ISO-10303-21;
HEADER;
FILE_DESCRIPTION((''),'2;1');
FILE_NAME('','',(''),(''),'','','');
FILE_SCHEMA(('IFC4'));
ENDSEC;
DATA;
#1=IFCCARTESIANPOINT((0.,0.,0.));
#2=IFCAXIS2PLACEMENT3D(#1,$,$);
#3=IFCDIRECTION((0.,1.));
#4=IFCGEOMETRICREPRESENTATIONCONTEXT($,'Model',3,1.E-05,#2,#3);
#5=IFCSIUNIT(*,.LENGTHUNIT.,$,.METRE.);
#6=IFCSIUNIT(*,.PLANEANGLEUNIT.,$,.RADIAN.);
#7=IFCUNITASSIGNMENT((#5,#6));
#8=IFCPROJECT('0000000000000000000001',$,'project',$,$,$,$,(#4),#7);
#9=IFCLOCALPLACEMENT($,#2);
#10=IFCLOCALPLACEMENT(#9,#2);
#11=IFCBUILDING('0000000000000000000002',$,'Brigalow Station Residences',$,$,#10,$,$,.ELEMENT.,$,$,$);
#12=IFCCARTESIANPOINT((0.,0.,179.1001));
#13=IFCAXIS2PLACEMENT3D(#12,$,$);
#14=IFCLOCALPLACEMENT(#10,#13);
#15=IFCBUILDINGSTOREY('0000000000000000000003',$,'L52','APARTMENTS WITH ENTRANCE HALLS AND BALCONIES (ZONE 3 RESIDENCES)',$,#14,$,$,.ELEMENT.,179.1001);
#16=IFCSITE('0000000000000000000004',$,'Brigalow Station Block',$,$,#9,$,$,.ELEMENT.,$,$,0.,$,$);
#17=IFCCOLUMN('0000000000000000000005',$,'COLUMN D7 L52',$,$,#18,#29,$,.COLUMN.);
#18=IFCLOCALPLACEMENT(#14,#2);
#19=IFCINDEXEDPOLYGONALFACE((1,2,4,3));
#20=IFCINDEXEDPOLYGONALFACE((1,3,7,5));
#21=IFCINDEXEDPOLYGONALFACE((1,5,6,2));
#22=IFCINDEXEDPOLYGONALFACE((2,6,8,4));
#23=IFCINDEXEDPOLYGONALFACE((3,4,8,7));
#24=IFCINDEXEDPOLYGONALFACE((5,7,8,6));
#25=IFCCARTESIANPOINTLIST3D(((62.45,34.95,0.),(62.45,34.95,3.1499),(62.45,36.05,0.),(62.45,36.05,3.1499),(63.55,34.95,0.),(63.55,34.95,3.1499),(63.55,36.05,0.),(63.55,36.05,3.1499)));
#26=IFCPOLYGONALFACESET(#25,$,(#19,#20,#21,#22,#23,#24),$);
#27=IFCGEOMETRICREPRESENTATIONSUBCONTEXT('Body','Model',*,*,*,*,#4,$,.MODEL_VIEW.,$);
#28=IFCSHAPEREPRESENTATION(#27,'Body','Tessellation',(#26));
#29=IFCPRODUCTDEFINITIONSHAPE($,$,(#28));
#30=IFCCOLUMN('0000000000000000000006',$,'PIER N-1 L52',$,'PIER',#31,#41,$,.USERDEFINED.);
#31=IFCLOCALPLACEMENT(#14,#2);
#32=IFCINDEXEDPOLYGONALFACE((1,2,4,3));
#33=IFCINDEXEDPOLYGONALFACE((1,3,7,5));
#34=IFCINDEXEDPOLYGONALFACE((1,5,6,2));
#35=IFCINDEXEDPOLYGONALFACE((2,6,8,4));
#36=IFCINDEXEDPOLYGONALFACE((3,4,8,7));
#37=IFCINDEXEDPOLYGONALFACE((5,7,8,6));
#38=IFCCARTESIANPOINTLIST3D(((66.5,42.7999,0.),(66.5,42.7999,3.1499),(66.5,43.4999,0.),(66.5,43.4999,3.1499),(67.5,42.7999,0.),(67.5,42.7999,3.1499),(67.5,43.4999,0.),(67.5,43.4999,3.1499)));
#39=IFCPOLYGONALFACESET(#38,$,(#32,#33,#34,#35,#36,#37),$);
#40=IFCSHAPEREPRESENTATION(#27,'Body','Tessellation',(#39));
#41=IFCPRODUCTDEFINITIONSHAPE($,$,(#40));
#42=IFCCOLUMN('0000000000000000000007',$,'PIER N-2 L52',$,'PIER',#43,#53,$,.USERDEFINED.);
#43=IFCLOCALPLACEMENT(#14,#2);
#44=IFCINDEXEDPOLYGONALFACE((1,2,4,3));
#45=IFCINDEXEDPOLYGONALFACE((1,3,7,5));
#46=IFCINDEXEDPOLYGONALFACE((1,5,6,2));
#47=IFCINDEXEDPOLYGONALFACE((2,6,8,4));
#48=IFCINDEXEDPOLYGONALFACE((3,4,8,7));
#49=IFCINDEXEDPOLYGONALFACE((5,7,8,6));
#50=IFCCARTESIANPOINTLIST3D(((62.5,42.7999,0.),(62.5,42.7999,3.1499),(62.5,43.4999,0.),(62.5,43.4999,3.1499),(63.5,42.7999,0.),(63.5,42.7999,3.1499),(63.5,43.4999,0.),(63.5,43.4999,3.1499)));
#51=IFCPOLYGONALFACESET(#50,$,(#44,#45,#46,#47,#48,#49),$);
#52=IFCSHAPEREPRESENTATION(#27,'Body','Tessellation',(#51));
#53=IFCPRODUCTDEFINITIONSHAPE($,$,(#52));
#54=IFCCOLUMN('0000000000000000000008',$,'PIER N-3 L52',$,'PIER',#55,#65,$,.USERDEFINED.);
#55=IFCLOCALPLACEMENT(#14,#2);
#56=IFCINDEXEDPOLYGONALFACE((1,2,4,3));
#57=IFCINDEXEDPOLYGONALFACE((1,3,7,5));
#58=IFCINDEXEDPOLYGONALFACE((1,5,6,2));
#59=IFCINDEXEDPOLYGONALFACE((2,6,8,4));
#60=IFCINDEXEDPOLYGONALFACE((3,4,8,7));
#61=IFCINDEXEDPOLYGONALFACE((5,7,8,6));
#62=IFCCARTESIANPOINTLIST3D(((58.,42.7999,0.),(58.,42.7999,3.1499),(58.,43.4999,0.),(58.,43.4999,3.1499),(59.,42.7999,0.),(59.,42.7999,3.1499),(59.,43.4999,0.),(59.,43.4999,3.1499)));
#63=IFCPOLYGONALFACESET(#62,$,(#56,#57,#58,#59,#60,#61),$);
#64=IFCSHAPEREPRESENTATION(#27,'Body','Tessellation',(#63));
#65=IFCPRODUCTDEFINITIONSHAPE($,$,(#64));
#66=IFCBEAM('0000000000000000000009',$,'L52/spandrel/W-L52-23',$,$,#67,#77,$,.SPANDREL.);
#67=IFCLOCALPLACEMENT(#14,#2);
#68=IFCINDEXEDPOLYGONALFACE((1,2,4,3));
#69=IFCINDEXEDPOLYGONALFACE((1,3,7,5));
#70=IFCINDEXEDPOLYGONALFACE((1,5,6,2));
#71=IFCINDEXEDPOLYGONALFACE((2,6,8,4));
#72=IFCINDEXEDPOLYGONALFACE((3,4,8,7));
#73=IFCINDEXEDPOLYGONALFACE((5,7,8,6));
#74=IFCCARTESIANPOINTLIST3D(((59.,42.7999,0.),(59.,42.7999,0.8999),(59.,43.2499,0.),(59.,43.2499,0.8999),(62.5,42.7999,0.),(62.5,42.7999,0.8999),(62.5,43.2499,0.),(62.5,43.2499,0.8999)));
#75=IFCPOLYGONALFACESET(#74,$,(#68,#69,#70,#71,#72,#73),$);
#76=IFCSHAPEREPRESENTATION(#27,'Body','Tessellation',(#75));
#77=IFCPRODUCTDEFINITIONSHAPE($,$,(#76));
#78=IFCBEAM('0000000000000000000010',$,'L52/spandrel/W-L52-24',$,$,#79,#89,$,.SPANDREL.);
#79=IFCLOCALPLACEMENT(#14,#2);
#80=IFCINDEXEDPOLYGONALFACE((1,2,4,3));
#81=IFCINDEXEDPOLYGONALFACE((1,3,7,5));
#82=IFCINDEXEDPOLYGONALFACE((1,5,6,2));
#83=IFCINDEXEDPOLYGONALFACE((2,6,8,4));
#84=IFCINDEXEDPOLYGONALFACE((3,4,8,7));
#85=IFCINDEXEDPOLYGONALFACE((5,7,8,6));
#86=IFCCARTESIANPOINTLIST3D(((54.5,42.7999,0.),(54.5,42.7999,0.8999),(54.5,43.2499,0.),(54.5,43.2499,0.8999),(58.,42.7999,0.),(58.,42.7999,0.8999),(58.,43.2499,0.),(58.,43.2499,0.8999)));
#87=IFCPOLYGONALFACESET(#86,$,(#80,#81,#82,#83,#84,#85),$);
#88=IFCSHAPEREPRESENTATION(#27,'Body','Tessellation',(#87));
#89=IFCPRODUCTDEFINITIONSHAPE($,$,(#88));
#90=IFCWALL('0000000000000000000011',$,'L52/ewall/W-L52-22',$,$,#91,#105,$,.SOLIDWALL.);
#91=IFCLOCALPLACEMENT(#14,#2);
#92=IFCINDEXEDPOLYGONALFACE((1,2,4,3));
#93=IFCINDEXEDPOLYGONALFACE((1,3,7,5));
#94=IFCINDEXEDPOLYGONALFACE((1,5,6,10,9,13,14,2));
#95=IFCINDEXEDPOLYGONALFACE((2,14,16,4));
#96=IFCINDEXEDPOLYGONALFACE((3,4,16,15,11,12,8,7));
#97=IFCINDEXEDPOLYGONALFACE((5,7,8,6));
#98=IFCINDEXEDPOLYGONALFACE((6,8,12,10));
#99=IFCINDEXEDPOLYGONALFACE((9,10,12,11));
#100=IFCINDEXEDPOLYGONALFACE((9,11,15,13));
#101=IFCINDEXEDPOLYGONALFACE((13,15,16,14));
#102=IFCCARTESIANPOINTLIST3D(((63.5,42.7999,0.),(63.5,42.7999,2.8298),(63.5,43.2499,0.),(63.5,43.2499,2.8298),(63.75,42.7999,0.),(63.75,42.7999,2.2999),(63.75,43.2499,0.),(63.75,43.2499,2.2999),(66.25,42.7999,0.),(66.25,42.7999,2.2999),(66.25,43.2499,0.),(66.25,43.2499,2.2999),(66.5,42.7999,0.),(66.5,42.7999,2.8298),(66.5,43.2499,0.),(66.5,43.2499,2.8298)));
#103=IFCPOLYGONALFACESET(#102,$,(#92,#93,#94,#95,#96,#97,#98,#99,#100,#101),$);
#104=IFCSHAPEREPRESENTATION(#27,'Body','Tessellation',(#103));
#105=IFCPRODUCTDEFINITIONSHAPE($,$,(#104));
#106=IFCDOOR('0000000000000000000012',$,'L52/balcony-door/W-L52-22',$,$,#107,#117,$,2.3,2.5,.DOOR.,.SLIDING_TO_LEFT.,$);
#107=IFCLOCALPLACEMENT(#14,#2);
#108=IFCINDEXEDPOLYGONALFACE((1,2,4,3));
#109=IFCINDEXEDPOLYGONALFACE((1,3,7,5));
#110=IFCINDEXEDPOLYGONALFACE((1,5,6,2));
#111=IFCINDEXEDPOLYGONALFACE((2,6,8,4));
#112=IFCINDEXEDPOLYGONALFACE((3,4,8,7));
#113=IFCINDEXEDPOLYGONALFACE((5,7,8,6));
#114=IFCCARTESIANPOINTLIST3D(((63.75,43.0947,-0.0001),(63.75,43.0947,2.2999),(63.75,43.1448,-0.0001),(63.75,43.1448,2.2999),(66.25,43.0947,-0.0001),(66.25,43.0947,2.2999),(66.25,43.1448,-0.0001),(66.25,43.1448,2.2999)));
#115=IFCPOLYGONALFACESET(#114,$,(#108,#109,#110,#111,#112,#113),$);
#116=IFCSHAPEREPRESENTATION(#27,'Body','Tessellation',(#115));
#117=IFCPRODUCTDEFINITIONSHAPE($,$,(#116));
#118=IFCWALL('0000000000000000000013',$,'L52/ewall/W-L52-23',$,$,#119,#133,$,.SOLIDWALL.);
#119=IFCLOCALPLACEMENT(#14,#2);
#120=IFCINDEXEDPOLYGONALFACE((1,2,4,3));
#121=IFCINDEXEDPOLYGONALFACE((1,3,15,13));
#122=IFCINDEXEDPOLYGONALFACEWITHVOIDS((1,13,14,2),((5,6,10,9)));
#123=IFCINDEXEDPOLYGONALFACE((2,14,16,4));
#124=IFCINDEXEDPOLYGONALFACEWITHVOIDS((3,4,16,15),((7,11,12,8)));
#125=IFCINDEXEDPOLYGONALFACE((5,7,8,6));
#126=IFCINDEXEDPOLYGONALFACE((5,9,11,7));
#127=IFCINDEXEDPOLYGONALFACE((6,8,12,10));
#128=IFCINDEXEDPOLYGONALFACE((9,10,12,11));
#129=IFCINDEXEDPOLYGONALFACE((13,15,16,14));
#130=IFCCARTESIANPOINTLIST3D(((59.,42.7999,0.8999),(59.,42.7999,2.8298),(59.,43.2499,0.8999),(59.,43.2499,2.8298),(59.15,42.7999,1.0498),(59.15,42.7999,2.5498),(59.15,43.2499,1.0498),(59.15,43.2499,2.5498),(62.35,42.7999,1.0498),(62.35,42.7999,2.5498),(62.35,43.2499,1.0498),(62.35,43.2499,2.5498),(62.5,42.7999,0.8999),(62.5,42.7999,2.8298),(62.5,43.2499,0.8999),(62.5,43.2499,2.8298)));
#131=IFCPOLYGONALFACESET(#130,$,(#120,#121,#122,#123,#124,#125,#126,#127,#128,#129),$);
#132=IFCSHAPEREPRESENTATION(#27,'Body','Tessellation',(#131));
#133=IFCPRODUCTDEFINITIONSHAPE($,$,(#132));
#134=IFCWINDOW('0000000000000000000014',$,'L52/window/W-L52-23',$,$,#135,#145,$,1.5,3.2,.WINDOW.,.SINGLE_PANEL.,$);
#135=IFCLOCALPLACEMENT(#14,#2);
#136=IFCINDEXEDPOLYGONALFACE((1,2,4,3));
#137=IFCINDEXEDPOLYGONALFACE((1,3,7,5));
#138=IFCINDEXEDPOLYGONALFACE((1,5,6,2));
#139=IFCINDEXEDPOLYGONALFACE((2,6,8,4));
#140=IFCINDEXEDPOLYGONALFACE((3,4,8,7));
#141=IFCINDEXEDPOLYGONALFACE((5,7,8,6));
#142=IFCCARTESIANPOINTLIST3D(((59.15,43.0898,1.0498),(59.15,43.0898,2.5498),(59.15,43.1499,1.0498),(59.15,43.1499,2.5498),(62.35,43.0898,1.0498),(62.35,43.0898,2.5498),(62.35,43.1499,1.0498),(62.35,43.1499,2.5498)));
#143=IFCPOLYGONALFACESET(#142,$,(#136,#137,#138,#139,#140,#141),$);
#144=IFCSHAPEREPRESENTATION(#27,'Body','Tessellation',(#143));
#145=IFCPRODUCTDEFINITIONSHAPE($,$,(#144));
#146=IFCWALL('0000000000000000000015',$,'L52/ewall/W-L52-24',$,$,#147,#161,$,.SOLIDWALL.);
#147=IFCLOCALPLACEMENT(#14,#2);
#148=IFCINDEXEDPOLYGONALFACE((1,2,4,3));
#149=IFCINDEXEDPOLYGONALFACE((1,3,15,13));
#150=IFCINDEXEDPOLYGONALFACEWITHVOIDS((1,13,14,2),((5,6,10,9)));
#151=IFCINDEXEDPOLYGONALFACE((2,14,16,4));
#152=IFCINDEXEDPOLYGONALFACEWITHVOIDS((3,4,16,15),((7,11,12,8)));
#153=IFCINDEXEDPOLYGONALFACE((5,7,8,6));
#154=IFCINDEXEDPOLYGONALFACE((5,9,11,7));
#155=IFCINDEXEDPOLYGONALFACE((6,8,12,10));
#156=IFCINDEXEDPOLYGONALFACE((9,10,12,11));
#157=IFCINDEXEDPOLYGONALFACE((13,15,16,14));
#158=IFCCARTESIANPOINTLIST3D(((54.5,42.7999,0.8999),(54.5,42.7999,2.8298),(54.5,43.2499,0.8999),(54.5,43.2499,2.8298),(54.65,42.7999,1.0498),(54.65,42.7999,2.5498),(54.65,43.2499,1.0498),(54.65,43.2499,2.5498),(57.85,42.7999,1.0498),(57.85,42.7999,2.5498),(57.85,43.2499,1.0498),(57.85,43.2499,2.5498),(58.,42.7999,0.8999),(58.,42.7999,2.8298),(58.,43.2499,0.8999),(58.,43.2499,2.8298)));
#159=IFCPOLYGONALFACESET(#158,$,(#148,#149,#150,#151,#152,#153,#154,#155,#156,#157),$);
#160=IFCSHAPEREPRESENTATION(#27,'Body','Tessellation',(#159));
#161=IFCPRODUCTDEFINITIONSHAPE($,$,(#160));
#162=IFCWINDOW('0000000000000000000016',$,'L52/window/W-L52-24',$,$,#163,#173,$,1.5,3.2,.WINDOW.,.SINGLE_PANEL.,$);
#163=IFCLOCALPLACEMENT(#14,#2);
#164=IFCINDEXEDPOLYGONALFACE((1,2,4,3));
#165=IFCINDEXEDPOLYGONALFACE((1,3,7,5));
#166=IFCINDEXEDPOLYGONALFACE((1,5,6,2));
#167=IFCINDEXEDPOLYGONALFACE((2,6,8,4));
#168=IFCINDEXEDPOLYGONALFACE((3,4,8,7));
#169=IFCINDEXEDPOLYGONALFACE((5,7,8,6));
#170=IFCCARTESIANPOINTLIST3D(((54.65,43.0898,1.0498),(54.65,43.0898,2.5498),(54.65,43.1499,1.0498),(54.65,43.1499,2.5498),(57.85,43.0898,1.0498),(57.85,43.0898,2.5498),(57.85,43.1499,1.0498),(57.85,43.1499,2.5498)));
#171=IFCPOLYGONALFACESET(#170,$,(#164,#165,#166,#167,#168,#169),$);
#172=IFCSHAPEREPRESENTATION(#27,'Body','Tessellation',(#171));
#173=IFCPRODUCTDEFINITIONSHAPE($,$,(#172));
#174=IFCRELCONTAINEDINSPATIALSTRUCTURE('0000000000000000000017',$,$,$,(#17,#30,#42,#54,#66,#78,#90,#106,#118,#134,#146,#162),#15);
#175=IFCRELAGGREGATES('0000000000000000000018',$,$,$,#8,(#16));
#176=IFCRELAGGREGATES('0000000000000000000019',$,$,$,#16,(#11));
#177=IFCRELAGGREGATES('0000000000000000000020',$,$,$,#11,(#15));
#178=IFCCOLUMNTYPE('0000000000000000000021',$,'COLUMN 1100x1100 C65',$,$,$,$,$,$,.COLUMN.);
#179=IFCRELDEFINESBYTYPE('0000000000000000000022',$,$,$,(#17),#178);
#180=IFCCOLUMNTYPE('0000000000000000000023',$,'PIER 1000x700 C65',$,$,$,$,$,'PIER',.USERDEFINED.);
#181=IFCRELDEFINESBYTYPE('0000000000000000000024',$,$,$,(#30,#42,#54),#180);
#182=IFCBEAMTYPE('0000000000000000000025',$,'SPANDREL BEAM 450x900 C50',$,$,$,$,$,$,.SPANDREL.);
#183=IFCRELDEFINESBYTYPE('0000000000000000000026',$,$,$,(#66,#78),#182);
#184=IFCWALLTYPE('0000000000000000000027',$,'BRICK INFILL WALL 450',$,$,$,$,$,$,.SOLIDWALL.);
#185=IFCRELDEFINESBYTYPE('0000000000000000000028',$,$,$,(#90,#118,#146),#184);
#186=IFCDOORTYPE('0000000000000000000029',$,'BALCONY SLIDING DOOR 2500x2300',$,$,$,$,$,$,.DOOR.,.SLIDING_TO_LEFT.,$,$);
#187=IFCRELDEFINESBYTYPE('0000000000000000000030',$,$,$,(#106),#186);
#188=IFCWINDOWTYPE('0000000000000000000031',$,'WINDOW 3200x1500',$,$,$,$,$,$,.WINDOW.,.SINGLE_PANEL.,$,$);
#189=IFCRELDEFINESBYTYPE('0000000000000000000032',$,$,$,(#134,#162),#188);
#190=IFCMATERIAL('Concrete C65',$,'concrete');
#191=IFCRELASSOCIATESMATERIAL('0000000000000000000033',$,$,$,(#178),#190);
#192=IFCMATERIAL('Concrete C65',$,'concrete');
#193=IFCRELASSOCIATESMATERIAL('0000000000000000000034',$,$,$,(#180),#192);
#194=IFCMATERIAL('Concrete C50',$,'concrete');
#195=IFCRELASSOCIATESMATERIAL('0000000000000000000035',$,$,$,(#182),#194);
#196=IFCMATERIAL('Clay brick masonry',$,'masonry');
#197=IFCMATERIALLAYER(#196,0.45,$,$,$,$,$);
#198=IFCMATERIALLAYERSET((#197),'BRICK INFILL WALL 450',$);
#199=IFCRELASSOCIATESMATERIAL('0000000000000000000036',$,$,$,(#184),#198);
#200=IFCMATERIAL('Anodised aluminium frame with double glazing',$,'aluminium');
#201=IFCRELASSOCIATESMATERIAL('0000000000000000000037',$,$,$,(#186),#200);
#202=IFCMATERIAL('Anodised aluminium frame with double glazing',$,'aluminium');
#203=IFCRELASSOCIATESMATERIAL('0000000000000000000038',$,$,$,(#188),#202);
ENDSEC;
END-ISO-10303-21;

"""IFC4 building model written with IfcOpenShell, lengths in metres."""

from ifc_helpers import new_model, si_unit, direction, frame, frame_2d, origin, origin_2d, place, context, subcontext, project, spatial, rectangle, extrude, material, layer, layer_set, material_profile, profile_set, type_object, element, fill, save


model = new_model("IFC4")

# Units and contexts
model_context = context("Model", 3, precision=1e-05, world=origin(), true_north=direction((0.0, 1.0)))
body_context = subcontext(model_context, "Body", "Model", "MODEL_VIEW")
ifc_project = project(units=[si_unit("LENGTHUNIT", "METRE"), si_unit("PLANEANGLEUNIT", "RADIAN")], contexts=[model_context])

# Site, building, storey
site_placement = place(None, origin())
site = spatial("IfcSite", under=ifc_project, at=site_placement, Name="Brigalow Station Block", CompositionType="ELEMENT", RefElevation=0.0)
building_placement = place(site_placement, origin())
building = spatial("IfcBuilding", under=site, at=building_placement, Name="Brigalow Station Residences", CompositionType="ELEMENT")
storey_placement = place(building_placement, frame((0.0, 0.0, 179.1001)))
storey = spatial("IfcBuildingStorey", under=building, at=storey_placement, Name="L52", Description="APARTMENTS WITH ENTRANCE HALLS AND BALCONIES (ZONE 3 RESIDENCES)", CompositionType="ELEMENT", Elevation=179.1001)

# Columns
ifc_material_1 = material(Name="Concrete C65", Category="concrete")
ifc_material_profile_1 = material_profile(ifc_material_1, rectangle(XDim=1.1001, YDim=1.1001, at=origin_2d()), Name="RC1100x1100")
ifc_profile_set_1 = profile_set([ifc_material_profile_1], Name="Concrete C65")
column_type_1 = type_object("IfcColumnType", Name="COLUMN 1100x1100 C65", PredefinedType="COLUMN", material=ifc_profile_set_1)
column_placement = place(storey_placement, frame((63.0, 35.5, 0.0), z_axis=(0.0, 0.0, 1.0), x_axis=(1.0, 0.0, 0.0)))
element("IfcColumn", 1, at=column_placement, inside=storey, type_object=column_type_1, Name="COLUMN D7 L52", PredefinedType="COLUMN", context=body_context, shape_type="SweptSolid", body=[
    extrude(rectangle(XDim=1.1001, YDim=1.1001, at=origin_2d()), origin(), (0.0, 0.0, 1.0), 3.1499),
])
ifc_material_2 = material(Name="Concrete C65", Category="concrete")
ifc_material_profile_2 = material_profile(ifc_material_2, rectangle(XDim=1.0, YDim=0.7, at=origin_2d()), Name="RC1000x700")
ifc_profile_set_2 = profile_set([ifc_material_profile_2], Name="Concrete C65")
column_type_2 = type_object("IfcColumnType", Name="PIER 1000x700 C65", ElementType="PIER", PredefinedType="USERDEFINED", material=ifc_profile_set_2)
for number, where, z_axis, x_axis, name in (
    (2, (67.0, 43.1499, 0.0), (0.0, 0.0, 1.0), (-1.0, 0.0, 0.0), "PIER N-1 L52"),
    (3, (63.0, 43.1499, 0.0), (0.0, 0.0, 1.0), (-1.0, 0.0, 0.0), "PIER N-2 L52"),
    (4, (58.5, 43.1499, 0.0), (0.0, 0.0, 1.0), (-1.0, 0.0, 0.0), "PIER N-3 L52"),
):
    element("IfcColumn", number, at=place(storey_placement, frame(where, z_axis=z_axis, x_axis=x_axis)), inside=storey, type_object=column_type_2, Name=name, ObjectType="PIER", PredefinedType="USERDEFINED", context=body_context, shape_type="SweptSolid", body=[
        extrude(rectangle(XDim=1.0, YDim=0.7, at=origin_2d()), origin(), (0.0, 0.0, 1.0), 3.1499),
    ])

# Beams
ifc_material_3 = material(Name="Concrete C50", Category="concrete")
ifc_material_profile_3 = material_profile(ifc_material_3, rectangle(XDim=0.45, YDim=0.8999, at=origin_2d()), Name="RC450x900")
ifc_profile_set_3 = profile_set([ifc_material_profile_3], Name="Concrete C50")
beam_type = type_object("IfcBeamType", Name="SPANDREL BEAM 450x900 C50", PredefinedType="SPANDREL", material=ifc_profile_set_3)
for number, where, z_axis, x_axis, name in (
    (5, (62.5, 43.0249, 0.45), (-1.0, 0.0, 0.0), (0.0, -1.0, 0.0), "L52/spandrel/W-L52-23"),
    (6, (58.0, 43.0249, 0.45), (-1.0, 0.0, 0.0), (0.0, -1.0, 0.0), "L52/spandrel/W-L52-24"),
):
    element("IfcBeam", number, at=place(storey_placement, frame(where, z_axis=z_axis, x_axis=x_axis)), inside=storey, type_object=beam_type, Name=name, PredefinedType="SPANDREL", context=body_context, shape_type="SweptSolid", body=[
        extrude(rectangle(XDim=0.45, YDim=0.8999, at=origin_2d()), origin(), (0.0, 0.0, 1.0), 3.5),
    ])

# Wall, opening, door
ifc_material_4 = material(Name="Clay brick masonry", Category="masonry")
ifc_layer_1 = layer(ifc_material_4, 0.45)
ifc_layer_set_1 = layer_set([ifc_layer_1], Name="BRICK INFILL WALL 450")
wall_type_1 = type_object("IfcWallType", Name="BRICK INFILL WALL 450", PredefinedType="SOLIDWALL", material=ifc_layer_set_1)
wall_1_placement = place(storey_placement, frame((66.5, 43.0249, 0.0), z_axis=(0.0, 0.0, 1.0), x_axis=(-1.0, 0.0, 0.0)))
wall_1 = element("IfcWall", 7, at=wall_1_placement, inside=storey, type_object=wall_type_1, Name="L52/ewall/W-L52-22", PredefinedType="SOLIDWALL", context=body_context, shape_type="SweptSolid", body=[
    extrude(rectangle(XDim=3.0, YDim=0.45, at=frame_2d((1.5, 0.0))), origin(), (0.0, 0.0, 1.0), 2.8298),
])
opening_1_placement = place(wall_1_placement, frame((0.25, 0.0, 0.0)))
opening_1 = element("IfcOpeningElement", 8, at=opening_1_placement, cuts=wall_1, PredefinedType="OPENING", context=body_context, shape_type="SweptSolid", body=[
    extrude(rectangle(XDim=2.5, YDim=2.3, at=frame_2d((1.25, 1.1499))), frame((0.0, 0.2349, 0.0), z_axis=(0.0, -1.0, 0.0), x_axis=(1.0, 0.0, 0.0)), (0.0, 0.0, 1.0), 0.47),
])
ifc_material_5 = material(Name="Anodised aluminium frame with double glazing", Category="aluminium")
door_type_1 = type_object("IfcDoorType", Name="BALCONY SLIDING DOOR 2500x2300", OperationType="SLIDING_TO_LEFT", PredefinedType="DOOR", material=ifc_material_5)
door_1_placement = place(opening_1_placement, origin())
door_1 = element("IfcDoor", 9, at=door_1_placement, inside=storey, type_object=door_type_1, Name="L52/balcony-door/W-L52-22", OperationType="SLIDING_TO_LEFT", OverallHeight=2.3, OverallWidth=2.5, PredefinedType="DOOR", context=body_context, shape_type="SweptSolid", body=[
    extrude(rectangle(XDim=2.5, YDim=2.3, at=frame_2d((1.25, 1.1499))), frame((0.0, -0.0698, 0.0), z_axis=(0.0, -1.0, 0.0), x_axis=(1.0, 0.0, 0.0)), (0.0, 0.0, 1.0), 0.05),
])
fill(opening_1, door_1)

# Walls, openings, windows
wall_2_placement = place(storey_placement, frame((62.5, 43.0249, 0.8999), z_axis=(0.0, 0.0, 1.0), x_axis=(-1.0, 0.0, 0.0)))
wall_2 = element("IfcWall", 10, at=wall_2_placement, inside=storey, type_object=wall_type_1, Name="L52/ewall/W-L52-23", PredefinedType="SOLIDWALL", context=body_context, shape_type="SweptSolid", body=[
    extrude(rectangle(XDim=3.5, YDim=0.45, at=frame_2d((1.75, 0.0))), origin(), (0.0, 0.0, 1.0), 1.9299),
])
opening_2_placement = place(wall_2_placement, frame((0.1499, 0.0, 0.1499)))
opening_2 = element("IfcOpeningElement", 11, at=opening_2_placement, cuts=wall_2, PredefinedType="OPENING", context=body_context, shape_type="SweptSolid", body=[
    extrude(rectangle(XDim=3.2, YDim=1.5, at=frame_2d((1.6001, 0.75))), frame((0.0, 0.2349, 0.0), z_axis=(0.0, -1.0, 0.0), x_axis=(1.0, 0.0, 0.0)), (0.0, 0.0, 1.0), 0.47),
])
ifc_material_6 = material(Name="Anodised aluminium frame with double glazing", Category="aluminium")
window_type = type_object("IfcWindowType", Name="WINDOW 3200x1500", PartitioningType="SINGLE_PANEL", PredefinedType="WINDOW", material=ifc_material_6)
window_1_placement = place(opening_2_placement, origin())
window_1 = element("IfcWindow", 12, at=window_1_placement, inside=storey, type_object=window_type, Name="L52/window/W-L52-23", OverallHeight=1.5, OverallWidth=3.2, PartitioningType="SINGLE_PANEL", PredefinedType="WINDOW", context=body_context, shape_type="SweptSolid", body=[
    extrude(rectangle(XDim=3.2, YDim=1.5, at=frame_2d((1.6001, 0.75))), frame((0.0, -0.0649, 0.0), z_axis=(0.0, -1.0, 0.0), x_axis=(1.0, 0.0, 0.0)), (0.0, 0.0, 1.0), 0.0601),
])
fill(opening_2, window_1)
wall_3_placement = place(storey_placement, frame((58.0, 43.0249, 0.8999), z_axis=(0.0, 0.0, 1.0), x_axis=(-1.0, 0.0, 0.0)))
wall_3 = element("IfcWall", 13, at=wall_3_placement, inside=storey, type_object=wall_type_1, Name="L52/ewall/W-L52-24", PredefinedType="SOLIDWALL", context=body_context, shape_type="SweptSolid", body=[
    extrude(rectangle(XDim=3.5, YDim=0.45, at=frame_2d((1.75, 0.0))), origin(), (0.0, 0.0, 1.0), 1.9299),
])
opening_3_placement = place(wall_3_placement, frame((0.1499, 0.0, 0.1499)))
opening_3 = element("IfcOpeningElement", 14, at=opening_3_placement, cuts=wall_3, PredefinedType="OPENING", context=body_context, shape_type="SweptSolid", body=[
    extrude(rectangle(XDim=3.2, YDim=1.5, at=frame_2d((1.6001, 0.75))), frame((0.0, 0.2349, 0.0), z_axis=(0.0, -1.0, 0.0), x_axis=(1.0, 0.0, 0.0)), (0.0, 0.0, 1.0), 0.47),
])
window_2_placement = place(opening_3_placement, origin())
window_2 = element("IfcWindow", 15, at=window_2_placement, inside=storey, type_object=window_type, Name="L52/window/W-L52-24", OverallHeight=1.5, OverallWidth=3.2, PartitioningType="SINGLE_PANEL", PredefinedType="WINDOW", context=body_context, shape_type="SweptSolid", body=[
    extrude(rectangle(XDim=3.2, YDim=1.5, at=frame_2d((1.6001, 0.75))), frame((0.0, -0.0649, 0.0), z_axis=(0.0, -1.0, 0.0), x_axis=(1.0, 0.0, 0.0)), (0.0, 0.0, 1.0), 0.0601),
])
fill(opening_3, window_2)

save(model, "model.ifc")
